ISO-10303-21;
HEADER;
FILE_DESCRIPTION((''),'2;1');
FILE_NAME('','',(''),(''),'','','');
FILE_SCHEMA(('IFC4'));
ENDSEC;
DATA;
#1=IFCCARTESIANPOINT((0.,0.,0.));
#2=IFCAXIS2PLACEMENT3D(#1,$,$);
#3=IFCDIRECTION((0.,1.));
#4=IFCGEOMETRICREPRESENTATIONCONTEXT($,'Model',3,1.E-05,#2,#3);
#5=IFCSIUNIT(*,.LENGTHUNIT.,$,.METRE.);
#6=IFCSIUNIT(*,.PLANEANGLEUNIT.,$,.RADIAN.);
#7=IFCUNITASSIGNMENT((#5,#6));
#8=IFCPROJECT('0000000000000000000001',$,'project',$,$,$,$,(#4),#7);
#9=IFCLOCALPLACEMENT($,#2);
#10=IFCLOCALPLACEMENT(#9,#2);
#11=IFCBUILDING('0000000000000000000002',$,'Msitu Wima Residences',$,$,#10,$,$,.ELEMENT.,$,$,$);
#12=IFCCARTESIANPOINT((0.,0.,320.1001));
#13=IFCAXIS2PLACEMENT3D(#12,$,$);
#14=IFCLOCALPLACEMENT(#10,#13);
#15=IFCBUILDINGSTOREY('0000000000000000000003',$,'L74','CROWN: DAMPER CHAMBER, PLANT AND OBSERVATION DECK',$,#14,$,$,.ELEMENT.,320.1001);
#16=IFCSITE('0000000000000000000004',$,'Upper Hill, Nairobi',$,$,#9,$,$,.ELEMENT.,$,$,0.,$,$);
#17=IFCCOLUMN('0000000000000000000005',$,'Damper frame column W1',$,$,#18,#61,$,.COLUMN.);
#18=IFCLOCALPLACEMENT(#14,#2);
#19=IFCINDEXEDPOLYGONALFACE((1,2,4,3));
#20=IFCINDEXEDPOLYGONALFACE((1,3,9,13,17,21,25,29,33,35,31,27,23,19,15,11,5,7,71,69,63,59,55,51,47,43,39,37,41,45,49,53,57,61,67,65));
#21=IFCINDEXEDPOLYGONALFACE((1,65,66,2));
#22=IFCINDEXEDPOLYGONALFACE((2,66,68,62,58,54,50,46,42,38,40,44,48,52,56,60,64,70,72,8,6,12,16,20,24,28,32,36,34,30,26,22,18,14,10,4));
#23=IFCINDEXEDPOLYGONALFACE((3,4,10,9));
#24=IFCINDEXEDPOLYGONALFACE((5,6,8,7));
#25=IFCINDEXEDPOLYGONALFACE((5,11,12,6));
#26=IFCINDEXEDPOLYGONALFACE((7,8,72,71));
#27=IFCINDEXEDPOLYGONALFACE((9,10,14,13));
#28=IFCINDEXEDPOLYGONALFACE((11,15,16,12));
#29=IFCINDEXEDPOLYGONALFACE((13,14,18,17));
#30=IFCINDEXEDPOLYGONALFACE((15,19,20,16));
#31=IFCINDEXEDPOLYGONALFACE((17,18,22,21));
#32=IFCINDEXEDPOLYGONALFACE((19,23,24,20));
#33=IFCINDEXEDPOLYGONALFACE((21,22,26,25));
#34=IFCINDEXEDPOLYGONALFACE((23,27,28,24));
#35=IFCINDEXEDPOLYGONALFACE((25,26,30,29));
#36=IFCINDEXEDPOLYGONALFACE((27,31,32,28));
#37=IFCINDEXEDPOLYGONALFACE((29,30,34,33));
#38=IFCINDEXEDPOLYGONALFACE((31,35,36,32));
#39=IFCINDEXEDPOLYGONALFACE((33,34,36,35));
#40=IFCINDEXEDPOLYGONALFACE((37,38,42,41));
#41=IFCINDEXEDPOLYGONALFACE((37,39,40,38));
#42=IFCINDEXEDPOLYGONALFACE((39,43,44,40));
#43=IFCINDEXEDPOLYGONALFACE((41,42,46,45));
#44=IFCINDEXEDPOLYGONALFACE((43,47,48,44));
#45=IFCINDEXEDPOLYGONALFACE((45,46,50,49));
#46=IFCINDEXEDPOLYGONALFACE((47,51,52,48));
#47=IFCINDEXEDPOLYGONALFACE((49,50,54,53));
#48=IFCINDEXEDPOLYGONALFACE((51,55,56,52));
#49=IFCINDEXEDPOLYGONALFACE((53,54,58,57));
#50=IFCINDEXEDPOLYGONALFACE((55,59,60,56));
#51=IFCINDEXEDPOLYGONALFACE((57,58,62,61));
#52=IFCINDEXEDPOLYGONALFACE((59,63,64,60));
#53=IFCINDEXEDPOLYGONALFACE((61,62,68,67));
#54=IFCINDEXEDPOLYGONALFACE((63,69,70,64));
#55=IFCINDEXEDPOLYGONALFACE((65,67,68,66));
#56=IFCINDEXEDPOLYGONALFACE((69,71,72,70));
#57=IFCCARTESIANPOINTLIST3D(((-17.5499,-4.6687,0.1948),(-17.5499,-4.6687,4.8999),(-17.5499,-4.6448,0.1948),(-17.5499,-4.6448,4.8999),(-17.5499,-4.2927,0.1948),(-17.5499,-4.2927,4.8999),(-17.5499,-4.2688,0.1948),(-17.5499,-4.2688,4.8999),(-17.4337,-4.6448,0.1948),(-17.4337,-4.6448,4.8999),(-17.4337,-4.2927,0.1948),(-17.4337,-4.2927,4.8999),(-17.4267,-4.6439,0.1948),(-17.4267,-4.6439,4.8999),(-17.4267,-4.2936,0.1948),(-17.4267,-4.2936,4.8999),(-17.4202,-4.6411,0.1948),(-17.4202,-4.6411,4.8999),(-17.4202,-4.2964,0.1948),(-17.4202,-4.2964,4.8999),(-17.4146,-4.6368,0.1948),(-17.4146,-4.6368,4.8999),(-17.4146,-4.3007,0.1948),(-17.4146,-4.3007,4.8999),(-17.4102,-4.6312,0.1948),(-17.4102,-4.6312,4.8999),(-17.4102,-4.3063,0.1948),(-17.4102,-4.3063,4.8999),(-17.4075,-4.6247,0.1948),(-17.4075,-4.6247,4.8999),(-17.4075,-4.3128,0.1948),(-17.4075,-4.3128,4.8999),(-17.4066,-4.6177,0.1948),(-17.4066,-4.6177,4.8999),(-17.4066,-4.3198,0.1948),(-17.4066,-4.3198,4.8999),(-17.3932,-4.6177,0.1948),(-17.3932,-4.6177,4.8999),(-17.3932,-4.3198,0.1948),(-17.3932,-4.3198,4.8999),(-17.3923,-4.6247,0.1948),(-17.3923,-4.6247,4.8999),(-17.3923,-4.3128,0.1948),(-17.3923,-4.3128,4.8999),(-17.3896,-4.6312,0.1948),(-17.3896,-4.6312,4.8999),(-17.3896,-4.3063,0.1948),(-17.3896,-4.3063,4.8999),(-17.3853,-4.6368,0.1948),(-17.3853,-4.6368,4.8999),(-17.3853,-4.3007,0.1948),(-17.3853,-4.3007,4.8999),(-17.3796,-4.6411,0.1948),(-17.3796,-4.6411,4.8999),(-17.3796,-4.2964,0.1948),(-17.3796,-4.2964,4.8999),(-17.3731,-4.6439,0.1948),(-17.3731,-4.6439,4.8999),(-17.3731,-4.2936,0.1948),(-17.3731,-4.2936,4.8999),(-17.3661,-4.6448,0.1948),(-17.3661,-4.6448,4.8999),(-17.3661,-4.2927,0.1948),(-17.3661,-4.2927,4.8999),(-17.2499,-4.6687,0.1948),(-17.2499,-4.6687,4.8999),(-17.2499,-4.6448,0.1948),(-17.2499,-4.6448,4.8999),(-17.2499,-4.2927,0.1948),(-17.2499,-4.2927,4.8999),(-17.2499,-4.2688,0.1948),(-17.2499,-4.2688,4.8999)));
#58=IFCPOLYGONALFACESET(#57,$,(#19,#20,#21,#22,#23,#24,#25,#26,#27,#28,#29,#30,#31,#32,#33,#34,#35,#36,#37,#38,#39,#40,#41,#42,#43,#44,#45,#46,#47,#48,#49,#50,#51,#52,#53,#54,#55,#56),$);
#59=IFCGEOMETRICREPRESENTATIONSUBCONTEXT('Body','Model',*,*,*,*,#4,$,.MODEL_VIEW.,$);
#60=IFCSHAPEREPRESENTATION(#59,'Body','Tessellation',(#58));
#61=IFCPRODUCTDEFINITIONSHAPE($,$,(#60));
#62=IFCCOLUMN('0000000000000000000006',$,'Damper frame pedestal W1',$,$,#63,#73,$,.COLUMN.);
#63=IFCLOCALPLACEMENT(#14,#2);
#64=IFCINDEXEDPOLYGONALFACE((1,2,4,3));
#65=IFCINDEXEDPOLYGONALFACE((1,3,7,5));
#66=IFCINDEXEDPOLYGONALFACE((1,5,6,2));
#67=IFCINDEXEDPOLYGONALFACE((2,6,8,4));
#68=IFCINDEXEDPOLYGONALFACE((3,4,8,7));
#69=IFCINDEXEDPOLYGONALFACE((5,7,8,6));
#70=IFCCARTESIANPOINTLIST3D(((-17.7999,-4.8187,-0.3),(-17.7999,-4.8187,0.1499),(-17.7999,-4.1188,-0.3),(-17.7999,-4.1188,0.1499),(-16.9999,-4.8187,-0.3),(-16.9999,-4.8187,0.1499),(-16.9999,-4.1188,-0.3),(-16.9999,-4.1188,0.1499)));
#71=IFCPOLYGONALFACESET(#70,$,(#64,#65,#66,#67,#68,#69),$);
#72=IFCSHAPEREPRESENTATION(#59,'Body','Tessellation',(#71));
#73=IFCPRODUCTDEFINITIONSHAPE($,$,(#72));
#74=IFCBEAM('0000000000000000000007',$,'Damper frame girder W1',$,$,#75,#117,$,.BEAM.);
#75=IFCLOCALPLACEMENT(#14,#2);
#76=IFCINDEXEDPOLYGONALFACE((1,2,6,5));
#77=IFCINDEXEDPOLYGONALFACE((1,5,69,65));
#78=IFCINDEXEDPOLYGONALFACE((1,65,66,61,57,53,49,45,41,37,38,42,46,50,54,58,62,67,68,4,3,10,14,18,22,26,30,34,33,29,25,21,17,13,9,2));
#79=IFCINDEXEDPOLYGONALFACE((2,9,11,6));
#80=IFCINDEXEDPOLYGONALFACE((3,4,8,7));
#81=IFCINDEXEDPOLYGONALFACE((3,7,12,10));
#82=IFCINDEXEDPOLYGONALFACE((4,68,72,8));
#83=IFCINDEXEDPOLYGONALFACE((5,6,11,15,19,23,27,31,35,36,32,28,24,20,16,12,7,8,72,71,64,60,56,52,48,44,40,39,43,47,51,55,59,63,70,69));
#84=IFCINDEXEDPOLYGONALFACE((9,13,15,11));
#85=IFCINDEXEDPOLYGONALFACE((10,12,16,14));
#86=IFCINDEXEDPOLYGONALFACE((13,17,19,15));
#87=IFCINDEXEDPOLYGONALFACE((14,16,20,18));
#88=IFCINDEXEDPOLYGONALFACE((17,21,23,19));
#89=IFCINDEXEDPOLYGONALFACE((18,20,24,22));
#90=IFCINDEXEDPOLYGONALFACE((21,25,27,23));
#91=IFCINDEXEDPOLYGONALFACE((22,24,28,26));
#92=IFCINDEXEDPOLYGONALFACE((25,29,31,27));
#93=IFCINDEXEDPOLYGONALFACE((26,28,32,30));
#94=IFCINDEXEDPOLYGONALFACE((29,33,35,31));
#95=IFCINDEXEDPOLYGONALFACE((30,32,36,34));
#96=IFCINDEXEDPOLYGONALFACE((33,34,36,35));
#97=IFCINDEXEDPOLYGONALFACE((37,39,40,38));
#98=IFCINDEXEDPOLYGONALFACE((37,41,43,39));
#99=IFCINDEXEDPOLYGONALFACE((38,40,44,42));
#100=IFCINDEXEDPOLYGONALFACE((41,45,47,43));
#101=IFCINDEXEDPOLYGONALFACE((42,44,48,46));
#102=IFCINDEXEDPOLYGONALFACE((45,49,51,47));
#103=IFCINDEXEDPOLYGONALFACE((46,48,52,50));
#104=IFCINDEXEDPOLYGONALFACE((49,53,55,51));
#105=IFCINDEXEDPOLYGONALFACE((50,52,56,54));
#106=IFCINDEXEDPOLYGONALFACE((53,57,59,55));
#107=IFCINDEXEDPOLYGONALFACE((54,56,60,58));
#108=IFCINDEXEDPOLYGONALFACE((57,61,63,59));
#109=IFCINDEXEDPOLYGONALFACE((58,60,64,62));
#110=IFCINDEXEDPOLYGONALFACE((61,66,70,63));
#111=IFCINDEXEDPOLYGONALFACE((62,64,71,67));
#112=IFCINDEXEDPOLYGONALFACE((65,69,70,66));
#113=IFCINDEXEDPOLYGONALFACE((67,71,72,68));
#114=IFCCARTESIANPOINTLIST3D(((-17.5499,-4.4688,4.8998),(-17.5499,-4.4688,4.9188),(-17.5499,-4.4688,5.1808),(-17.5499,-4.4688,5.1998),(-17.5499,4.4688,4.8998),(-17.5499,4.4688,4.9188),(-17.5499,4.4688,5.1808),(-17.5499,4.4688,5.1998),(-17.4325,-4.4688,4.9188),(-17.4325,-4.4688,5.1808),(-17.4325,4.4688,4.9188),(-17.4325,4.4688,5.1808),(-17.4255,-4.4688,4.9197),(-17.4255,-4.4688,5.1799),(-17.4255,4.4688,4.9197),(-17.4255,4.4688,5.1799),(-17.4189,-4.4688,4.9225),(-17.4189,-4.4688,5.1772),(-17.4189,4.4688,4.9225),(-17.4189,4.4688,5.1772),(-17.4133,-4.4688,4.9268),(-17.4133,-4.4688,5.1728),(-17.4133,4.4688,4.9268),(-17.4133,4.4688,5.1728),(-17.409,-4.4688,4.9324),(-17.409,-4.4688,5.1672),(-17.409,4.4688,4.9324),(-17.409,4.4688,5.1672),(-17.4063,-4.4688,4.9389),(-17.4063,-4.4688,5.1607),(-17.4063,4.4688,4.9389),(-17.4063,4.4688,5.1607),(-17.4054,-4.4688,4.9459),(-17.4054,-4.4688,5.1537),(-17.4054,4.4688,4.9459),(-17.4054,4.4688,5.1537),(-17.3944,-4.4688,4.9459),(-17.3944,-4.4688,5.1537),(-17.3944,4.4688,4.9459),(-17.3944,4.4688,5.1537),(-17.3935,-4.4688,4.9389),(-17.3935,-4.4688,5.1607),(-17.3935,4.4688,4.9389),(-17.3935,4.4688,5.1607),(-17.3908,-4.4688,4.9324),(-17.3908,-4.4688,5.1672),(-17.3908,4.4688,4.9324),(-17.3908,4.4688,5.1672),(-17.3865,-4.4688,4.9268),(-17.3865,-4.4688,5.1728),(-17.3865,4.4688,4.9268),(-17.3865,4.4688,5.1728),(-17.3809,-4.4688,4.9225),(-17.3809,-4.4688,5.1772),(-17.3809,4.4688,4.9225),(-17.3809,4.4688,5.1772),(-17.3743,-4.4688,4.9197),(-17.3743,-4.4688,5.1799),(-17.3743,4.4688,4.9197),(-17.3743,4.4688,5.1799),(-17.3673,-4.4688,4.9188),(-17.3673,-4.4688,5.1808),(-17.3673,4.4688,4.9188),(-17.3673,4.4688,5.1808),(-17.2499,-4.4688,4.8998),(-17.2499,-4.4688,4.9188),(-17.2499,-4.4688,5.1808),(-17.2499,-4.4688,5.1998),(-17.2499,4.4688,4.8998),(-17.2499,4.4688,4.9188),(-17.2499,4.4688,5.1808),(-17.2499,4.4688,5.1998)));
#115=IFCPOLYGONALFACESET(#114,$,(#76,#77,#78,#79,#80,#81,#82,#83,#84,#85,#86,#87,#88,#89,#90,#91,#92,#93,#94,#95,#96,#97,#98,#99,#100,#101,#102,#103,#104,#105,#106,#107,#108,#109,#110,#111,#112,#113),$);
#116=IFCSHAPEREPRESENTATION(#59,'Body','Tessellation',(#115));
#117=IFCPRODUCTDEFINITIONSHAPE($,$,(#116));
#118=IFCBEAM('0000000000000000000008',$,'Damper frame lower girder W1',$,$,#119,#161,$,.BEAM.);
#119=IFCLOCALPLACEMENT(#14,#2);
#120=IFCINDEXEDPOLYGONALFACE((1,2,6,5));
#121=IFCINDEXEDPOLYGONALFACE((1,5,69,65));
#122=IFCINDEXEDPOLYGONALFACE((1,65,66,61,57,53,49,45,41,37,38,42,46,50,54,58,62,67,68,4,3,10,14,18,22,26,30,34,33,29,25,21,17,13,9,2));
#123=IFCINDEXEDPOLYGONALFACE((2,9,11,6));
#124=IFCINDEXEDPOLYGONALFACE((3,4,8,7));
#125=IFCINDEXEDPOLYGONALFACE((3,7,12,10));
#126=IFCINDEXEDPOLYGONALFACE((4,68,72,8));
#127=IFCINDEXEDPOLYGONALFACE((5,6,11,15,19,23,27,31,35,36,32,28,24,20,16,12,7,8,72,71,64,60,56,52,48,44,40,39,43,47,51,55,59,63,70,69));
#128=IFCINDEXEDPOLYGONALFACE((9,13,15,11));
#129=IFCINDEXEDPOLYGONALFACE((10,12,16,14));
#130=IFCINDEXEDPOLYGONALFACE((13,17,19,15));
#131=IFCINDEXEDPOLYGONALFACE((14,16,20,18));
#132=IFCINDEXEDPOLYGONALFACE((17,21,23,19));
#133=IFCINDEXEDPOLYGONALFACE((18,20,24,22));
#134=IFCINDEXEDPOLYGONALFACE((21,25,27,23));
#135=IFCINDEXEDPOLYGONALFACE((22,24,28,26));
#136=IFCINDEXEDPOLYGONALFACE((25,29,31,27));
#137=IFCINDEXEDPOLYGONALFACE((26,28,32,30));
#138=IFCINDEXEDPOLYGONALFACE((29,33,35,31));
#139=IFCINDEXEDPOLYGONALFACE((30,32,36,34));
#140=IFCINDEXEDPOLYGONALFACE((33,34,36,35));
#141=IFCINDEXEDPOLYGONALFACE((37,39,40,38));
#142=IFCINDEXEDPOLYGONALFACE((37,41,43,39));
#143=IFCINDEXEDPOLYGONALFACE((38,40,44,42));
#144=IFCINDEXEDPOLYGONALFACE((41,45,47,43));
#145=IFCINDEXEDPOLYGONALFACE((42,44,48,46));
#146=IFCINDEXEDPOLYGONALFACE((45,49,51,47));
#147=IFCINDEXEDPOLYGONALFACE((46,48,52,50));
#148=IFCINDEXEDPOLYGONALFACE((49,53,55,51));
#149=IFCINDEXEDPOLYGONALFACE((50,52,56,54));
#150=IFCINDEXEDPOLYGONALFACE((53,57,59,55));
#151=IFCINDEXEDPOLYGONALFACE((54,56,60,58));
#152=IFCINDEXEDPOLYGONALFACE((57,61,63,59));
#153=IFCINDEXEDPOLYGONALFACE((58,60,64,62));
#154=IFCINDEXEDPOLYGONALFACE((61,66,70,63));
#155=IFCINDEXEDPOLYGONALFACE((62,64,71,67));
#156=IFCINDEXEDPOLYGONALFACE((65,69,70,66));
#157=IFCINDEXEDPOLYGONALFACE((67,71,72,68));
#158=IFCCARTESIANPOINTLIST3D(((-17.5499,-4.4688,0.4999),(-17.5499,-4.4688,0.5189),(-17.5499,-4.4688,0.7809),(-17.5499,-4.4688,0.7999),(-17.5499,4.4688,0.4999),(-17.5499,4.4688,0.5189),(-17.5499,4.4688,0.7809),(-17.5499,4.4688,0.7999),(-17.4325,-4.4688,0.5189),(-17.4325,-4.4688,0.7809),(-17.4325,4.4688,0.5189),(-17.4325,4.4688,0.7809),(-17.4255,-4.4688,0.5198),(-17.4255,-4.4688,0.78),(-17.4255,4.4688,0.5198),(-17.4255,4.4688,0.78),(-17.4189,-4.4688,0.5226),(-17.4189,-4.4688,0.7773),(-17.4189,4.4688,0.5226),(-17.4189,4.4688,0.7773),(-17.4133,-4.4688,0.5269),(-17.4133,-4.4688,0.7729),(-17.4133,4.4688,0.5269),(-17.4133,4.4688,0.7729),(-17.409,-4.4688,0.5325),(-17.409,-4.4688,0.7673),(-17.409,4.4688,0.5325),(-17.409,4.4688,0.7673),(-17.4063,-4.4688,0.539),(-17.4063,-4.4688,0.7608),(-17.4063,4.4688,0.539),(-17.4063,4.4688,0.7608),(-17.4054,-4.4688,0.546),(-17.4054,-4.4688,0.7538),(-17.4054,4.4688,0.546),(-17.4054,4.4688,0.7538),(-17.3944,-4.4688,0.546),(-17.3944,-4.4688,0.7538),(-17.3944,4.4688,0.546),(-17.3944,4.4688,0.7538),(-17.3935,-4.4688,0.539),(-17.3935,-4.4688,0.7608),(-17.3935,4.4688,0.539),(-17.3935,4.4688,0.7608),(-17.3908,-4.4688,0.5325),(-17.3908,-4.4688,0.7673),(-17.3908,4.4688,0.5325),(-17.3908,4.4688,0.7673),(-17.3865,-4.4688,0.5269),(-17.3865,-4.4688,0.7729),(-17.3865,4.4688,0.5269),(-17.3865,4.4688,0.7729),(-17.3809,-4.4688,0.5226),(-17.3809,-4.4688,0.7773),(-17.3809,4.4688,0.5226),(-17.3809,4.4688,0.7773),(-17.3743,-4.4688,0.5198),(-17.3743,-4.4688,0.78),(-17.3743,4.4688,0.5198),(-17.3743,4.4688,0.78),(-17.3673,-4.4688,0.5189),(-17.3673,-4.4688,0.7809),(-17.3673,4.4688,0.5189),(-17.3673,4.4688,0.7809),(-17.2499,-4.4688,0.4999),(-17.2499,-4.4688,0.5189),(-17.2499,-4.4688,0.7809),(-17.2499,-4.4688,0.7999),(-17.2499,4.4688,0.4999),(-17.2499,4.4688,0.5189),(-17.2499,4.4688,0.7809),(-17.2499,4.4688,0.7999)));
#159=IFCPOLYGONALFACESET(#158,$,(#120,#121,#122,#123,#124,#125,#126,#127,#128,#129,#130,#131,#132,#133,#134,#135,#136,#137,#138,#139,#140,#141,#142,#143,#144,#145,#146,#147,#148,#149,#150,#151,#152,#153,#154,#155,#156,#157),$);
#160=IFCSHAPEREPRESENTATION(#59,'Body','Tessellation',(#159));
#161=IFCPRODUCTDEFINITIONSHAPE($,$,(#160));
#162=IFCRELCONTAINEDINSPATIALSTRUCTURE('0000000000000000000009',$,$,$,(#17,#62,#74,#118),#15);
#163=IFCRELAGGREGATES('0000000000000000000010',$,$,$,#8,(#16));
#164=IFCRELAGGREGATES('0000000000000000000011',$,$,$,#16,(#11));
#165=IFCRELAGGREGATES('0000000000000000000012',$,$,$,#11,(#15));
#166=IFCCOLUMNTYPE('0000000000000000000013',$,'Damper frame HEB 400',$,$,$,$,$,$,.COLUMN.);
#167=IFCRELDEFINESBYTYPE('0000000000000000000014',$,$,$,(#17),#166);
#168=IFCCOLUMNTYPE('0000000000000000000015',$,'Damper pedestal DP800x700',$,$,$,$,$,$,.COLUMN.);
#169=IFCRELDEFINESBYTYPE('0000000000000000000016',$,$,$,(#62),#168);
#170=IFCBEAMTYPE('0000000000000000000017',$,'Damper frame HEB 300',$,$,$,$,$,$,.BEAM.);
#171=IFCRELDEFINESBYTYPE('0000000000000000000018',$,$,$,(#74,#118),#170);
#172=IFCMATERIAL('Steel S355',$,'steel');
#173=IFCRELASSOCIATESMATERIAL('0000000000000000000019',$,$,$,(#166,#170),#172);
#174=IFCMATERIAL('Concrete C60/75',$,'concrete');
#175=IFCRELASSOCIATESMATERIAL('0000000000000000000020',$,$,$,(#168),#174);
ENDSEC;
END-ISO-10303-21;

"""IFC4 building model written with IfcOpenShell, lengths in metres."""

from ifc_helpers import new_model, si_unit, direction, frame, origin, origin_2d, place, context, subcontext, project, spatial, rectangle, i_section, extrude, material, material_profile, profile_set, type_object, element, save


model = new_model("IFC4")

# Units and contexts
model_context = context("Model", 3, precision=1e-05, world=origin(), true_north=direction((0.0, 1.0)))
body_context = subcontext(model_context, "Body", "Model", "MODEL_VIEW")
ifc_project = project(units=[si_unit("LENGTHUNIT", "METRE"), si_unit("PLANEANGLEUNIT", "RADIAN")], contexts=[model_context])

# Site, building, storey
site_placement = place(None, origin())
site = spatial("IfcSite", under=ifc_project, at=site_placement, Name="Upper Hill, Nairobi", CompositionType="ELEMENT", RefElevation=0.0)
building_placement = place(site_placement, origin())
building = spatial("IfcBuilding", under=site, at=building_placement, Name="Msitu Wima Residences", CompositionType="ELEMENT")
storey_placement = place(building_placement, frame((0.0, 0.0, 320.1001)))
storey = spatial("IfcBuildingStorey", under=building, at=storey_placement, Name="L74", Description="CROWN: DAMPER CHAMBER, PLANT AND OBSERVATION DECK", CompositionType="ELEMENT", Elevation=320.1001)

# Columns
ifc_material_1 = material(Name="Steel S355", Category="steel")
ifc_material_profile_1 = material_profile(ifc_material_1, i_section(OverallWidth=0.3, OverallDepth=0.3999, WebThickness=0.0134, FlangeThickness=0.0239, FilletRadius=0.0271, at=origin_2d()), Name="HEB 400")
ifc_profile_set_1 = profile_set([ifc_material_profile_1], Name="Steel S355")
column_type_1 = type_object("IfcColumnType", Name="Damper frame HEB 400", PredefinedType="COLUMN", material=ifc_profile_set_1)
column_1_placement = place(storey_placement, frame((-17.3999, -4.4688, 0.1948), z_axis=(0.0, 0.0, 1.0), x_axis=(1.0, 0.0, 0.0)))
element("IfcColumn", 1, at=column_1_placement, inside=storey, type_object=column_type_1, Name="Damper frame column W1", PredefinedType="COLUMN", context=body_context, shape_type="SweptSolid", body=[
    extrude(i_section(OverallWidth=0.3, OverallDepth=0.3999, WebThickness=0.0134, FlangeThickness=0.0239, FilletRadius=0.0271, at=origin_2d()), origin(), (0.0, 0.0, 1.0), 4.7051),
])
ifc_material_2 = material(Name="Concrete C60/75", Category="concrete")
ifc_material_profile_2 = material_profile(ifc_material_2, rectangle(XDim=0.8, YDim=0.7, at=origin_2d()), Name="RC 800x700")
ifc_profile_set_2 = profile_set([ifc_material_profile_2], Name="Concrete C60/75")
column_type_2 = type_object("IfcColumnType", Name="Damper pedestal DP800x700", PredefinedType="COLUMN", material=ifc_profile_set_2)
column_2_placement = place(storey_placement, frame((-17.3999, -4.4688, -0.3), z_axis=(0.0, 0.0, 1.0), x_axis=(1.0, 0.0, 0.0)))
element("IfcColumn", 2, at=column_2_placement, inside=storey, type_object=column_type_2, Name="Damper frame pedestal W1", PredefinedType="COLUMN", context=body_context, shape_type="SweptSolid", body=[
    extrude(rectangle(XDim=0.8, YDim=0.7, at=origin_2d()), origin(), (0.0, 0.0, 1.0), 0.45),
])

# Beams
ifc_material_profile_3 = material_profile(ifc_material_1, i_section(OverallWidth=0.3, OverallDepth=0.3, WebThickness=0.011, FlangeThickness=0.019, FilletRadius=0.0271, at=origin_2d()), Name="HEB 300")
ifc_profile_set_3 = profile_set([ifc_material_profile_3], Name="Steel S355")
beam_type = type_object("IfcBeamType", Name="Damper frame HEB 300", PredefinedType="BEAM", material=ifc_profile_set_3)
for number, where, z_axis, x_axis, name in (
    (3, (-17.3999, -4.4688, 5.0498), (0.0, 1.0, 0.0), (-1.0, 0.0, 0.0), "Damper frame girder W1"),
    (4, (-17.3999, -4.4688, 0.6499), (0.0, 1.0, 0.0), (-1.0, 0.0, 0.0), "Damper frame lower girder W1"),
):
    element("IfcBeam", number, at=place(storey_placement, frame(where, z_axis=z_axis, x_axis=x_axis)), inside=storey, type_object=beam_type, Name=name, PredefinedType="BEAM", context=body_context, shape_type="SweptSolid", body=[
        extrude(i_section(OverallWidth=0.3, OverallDepth=0.3, WebThickness=0.011, FlangeThickness=0.019, FilletRadius=0.0271, at=origin_2d()), origin(), (0.0, 0.0, 1.0), 8.9375),
    ])

save(model, "model.ifc")
